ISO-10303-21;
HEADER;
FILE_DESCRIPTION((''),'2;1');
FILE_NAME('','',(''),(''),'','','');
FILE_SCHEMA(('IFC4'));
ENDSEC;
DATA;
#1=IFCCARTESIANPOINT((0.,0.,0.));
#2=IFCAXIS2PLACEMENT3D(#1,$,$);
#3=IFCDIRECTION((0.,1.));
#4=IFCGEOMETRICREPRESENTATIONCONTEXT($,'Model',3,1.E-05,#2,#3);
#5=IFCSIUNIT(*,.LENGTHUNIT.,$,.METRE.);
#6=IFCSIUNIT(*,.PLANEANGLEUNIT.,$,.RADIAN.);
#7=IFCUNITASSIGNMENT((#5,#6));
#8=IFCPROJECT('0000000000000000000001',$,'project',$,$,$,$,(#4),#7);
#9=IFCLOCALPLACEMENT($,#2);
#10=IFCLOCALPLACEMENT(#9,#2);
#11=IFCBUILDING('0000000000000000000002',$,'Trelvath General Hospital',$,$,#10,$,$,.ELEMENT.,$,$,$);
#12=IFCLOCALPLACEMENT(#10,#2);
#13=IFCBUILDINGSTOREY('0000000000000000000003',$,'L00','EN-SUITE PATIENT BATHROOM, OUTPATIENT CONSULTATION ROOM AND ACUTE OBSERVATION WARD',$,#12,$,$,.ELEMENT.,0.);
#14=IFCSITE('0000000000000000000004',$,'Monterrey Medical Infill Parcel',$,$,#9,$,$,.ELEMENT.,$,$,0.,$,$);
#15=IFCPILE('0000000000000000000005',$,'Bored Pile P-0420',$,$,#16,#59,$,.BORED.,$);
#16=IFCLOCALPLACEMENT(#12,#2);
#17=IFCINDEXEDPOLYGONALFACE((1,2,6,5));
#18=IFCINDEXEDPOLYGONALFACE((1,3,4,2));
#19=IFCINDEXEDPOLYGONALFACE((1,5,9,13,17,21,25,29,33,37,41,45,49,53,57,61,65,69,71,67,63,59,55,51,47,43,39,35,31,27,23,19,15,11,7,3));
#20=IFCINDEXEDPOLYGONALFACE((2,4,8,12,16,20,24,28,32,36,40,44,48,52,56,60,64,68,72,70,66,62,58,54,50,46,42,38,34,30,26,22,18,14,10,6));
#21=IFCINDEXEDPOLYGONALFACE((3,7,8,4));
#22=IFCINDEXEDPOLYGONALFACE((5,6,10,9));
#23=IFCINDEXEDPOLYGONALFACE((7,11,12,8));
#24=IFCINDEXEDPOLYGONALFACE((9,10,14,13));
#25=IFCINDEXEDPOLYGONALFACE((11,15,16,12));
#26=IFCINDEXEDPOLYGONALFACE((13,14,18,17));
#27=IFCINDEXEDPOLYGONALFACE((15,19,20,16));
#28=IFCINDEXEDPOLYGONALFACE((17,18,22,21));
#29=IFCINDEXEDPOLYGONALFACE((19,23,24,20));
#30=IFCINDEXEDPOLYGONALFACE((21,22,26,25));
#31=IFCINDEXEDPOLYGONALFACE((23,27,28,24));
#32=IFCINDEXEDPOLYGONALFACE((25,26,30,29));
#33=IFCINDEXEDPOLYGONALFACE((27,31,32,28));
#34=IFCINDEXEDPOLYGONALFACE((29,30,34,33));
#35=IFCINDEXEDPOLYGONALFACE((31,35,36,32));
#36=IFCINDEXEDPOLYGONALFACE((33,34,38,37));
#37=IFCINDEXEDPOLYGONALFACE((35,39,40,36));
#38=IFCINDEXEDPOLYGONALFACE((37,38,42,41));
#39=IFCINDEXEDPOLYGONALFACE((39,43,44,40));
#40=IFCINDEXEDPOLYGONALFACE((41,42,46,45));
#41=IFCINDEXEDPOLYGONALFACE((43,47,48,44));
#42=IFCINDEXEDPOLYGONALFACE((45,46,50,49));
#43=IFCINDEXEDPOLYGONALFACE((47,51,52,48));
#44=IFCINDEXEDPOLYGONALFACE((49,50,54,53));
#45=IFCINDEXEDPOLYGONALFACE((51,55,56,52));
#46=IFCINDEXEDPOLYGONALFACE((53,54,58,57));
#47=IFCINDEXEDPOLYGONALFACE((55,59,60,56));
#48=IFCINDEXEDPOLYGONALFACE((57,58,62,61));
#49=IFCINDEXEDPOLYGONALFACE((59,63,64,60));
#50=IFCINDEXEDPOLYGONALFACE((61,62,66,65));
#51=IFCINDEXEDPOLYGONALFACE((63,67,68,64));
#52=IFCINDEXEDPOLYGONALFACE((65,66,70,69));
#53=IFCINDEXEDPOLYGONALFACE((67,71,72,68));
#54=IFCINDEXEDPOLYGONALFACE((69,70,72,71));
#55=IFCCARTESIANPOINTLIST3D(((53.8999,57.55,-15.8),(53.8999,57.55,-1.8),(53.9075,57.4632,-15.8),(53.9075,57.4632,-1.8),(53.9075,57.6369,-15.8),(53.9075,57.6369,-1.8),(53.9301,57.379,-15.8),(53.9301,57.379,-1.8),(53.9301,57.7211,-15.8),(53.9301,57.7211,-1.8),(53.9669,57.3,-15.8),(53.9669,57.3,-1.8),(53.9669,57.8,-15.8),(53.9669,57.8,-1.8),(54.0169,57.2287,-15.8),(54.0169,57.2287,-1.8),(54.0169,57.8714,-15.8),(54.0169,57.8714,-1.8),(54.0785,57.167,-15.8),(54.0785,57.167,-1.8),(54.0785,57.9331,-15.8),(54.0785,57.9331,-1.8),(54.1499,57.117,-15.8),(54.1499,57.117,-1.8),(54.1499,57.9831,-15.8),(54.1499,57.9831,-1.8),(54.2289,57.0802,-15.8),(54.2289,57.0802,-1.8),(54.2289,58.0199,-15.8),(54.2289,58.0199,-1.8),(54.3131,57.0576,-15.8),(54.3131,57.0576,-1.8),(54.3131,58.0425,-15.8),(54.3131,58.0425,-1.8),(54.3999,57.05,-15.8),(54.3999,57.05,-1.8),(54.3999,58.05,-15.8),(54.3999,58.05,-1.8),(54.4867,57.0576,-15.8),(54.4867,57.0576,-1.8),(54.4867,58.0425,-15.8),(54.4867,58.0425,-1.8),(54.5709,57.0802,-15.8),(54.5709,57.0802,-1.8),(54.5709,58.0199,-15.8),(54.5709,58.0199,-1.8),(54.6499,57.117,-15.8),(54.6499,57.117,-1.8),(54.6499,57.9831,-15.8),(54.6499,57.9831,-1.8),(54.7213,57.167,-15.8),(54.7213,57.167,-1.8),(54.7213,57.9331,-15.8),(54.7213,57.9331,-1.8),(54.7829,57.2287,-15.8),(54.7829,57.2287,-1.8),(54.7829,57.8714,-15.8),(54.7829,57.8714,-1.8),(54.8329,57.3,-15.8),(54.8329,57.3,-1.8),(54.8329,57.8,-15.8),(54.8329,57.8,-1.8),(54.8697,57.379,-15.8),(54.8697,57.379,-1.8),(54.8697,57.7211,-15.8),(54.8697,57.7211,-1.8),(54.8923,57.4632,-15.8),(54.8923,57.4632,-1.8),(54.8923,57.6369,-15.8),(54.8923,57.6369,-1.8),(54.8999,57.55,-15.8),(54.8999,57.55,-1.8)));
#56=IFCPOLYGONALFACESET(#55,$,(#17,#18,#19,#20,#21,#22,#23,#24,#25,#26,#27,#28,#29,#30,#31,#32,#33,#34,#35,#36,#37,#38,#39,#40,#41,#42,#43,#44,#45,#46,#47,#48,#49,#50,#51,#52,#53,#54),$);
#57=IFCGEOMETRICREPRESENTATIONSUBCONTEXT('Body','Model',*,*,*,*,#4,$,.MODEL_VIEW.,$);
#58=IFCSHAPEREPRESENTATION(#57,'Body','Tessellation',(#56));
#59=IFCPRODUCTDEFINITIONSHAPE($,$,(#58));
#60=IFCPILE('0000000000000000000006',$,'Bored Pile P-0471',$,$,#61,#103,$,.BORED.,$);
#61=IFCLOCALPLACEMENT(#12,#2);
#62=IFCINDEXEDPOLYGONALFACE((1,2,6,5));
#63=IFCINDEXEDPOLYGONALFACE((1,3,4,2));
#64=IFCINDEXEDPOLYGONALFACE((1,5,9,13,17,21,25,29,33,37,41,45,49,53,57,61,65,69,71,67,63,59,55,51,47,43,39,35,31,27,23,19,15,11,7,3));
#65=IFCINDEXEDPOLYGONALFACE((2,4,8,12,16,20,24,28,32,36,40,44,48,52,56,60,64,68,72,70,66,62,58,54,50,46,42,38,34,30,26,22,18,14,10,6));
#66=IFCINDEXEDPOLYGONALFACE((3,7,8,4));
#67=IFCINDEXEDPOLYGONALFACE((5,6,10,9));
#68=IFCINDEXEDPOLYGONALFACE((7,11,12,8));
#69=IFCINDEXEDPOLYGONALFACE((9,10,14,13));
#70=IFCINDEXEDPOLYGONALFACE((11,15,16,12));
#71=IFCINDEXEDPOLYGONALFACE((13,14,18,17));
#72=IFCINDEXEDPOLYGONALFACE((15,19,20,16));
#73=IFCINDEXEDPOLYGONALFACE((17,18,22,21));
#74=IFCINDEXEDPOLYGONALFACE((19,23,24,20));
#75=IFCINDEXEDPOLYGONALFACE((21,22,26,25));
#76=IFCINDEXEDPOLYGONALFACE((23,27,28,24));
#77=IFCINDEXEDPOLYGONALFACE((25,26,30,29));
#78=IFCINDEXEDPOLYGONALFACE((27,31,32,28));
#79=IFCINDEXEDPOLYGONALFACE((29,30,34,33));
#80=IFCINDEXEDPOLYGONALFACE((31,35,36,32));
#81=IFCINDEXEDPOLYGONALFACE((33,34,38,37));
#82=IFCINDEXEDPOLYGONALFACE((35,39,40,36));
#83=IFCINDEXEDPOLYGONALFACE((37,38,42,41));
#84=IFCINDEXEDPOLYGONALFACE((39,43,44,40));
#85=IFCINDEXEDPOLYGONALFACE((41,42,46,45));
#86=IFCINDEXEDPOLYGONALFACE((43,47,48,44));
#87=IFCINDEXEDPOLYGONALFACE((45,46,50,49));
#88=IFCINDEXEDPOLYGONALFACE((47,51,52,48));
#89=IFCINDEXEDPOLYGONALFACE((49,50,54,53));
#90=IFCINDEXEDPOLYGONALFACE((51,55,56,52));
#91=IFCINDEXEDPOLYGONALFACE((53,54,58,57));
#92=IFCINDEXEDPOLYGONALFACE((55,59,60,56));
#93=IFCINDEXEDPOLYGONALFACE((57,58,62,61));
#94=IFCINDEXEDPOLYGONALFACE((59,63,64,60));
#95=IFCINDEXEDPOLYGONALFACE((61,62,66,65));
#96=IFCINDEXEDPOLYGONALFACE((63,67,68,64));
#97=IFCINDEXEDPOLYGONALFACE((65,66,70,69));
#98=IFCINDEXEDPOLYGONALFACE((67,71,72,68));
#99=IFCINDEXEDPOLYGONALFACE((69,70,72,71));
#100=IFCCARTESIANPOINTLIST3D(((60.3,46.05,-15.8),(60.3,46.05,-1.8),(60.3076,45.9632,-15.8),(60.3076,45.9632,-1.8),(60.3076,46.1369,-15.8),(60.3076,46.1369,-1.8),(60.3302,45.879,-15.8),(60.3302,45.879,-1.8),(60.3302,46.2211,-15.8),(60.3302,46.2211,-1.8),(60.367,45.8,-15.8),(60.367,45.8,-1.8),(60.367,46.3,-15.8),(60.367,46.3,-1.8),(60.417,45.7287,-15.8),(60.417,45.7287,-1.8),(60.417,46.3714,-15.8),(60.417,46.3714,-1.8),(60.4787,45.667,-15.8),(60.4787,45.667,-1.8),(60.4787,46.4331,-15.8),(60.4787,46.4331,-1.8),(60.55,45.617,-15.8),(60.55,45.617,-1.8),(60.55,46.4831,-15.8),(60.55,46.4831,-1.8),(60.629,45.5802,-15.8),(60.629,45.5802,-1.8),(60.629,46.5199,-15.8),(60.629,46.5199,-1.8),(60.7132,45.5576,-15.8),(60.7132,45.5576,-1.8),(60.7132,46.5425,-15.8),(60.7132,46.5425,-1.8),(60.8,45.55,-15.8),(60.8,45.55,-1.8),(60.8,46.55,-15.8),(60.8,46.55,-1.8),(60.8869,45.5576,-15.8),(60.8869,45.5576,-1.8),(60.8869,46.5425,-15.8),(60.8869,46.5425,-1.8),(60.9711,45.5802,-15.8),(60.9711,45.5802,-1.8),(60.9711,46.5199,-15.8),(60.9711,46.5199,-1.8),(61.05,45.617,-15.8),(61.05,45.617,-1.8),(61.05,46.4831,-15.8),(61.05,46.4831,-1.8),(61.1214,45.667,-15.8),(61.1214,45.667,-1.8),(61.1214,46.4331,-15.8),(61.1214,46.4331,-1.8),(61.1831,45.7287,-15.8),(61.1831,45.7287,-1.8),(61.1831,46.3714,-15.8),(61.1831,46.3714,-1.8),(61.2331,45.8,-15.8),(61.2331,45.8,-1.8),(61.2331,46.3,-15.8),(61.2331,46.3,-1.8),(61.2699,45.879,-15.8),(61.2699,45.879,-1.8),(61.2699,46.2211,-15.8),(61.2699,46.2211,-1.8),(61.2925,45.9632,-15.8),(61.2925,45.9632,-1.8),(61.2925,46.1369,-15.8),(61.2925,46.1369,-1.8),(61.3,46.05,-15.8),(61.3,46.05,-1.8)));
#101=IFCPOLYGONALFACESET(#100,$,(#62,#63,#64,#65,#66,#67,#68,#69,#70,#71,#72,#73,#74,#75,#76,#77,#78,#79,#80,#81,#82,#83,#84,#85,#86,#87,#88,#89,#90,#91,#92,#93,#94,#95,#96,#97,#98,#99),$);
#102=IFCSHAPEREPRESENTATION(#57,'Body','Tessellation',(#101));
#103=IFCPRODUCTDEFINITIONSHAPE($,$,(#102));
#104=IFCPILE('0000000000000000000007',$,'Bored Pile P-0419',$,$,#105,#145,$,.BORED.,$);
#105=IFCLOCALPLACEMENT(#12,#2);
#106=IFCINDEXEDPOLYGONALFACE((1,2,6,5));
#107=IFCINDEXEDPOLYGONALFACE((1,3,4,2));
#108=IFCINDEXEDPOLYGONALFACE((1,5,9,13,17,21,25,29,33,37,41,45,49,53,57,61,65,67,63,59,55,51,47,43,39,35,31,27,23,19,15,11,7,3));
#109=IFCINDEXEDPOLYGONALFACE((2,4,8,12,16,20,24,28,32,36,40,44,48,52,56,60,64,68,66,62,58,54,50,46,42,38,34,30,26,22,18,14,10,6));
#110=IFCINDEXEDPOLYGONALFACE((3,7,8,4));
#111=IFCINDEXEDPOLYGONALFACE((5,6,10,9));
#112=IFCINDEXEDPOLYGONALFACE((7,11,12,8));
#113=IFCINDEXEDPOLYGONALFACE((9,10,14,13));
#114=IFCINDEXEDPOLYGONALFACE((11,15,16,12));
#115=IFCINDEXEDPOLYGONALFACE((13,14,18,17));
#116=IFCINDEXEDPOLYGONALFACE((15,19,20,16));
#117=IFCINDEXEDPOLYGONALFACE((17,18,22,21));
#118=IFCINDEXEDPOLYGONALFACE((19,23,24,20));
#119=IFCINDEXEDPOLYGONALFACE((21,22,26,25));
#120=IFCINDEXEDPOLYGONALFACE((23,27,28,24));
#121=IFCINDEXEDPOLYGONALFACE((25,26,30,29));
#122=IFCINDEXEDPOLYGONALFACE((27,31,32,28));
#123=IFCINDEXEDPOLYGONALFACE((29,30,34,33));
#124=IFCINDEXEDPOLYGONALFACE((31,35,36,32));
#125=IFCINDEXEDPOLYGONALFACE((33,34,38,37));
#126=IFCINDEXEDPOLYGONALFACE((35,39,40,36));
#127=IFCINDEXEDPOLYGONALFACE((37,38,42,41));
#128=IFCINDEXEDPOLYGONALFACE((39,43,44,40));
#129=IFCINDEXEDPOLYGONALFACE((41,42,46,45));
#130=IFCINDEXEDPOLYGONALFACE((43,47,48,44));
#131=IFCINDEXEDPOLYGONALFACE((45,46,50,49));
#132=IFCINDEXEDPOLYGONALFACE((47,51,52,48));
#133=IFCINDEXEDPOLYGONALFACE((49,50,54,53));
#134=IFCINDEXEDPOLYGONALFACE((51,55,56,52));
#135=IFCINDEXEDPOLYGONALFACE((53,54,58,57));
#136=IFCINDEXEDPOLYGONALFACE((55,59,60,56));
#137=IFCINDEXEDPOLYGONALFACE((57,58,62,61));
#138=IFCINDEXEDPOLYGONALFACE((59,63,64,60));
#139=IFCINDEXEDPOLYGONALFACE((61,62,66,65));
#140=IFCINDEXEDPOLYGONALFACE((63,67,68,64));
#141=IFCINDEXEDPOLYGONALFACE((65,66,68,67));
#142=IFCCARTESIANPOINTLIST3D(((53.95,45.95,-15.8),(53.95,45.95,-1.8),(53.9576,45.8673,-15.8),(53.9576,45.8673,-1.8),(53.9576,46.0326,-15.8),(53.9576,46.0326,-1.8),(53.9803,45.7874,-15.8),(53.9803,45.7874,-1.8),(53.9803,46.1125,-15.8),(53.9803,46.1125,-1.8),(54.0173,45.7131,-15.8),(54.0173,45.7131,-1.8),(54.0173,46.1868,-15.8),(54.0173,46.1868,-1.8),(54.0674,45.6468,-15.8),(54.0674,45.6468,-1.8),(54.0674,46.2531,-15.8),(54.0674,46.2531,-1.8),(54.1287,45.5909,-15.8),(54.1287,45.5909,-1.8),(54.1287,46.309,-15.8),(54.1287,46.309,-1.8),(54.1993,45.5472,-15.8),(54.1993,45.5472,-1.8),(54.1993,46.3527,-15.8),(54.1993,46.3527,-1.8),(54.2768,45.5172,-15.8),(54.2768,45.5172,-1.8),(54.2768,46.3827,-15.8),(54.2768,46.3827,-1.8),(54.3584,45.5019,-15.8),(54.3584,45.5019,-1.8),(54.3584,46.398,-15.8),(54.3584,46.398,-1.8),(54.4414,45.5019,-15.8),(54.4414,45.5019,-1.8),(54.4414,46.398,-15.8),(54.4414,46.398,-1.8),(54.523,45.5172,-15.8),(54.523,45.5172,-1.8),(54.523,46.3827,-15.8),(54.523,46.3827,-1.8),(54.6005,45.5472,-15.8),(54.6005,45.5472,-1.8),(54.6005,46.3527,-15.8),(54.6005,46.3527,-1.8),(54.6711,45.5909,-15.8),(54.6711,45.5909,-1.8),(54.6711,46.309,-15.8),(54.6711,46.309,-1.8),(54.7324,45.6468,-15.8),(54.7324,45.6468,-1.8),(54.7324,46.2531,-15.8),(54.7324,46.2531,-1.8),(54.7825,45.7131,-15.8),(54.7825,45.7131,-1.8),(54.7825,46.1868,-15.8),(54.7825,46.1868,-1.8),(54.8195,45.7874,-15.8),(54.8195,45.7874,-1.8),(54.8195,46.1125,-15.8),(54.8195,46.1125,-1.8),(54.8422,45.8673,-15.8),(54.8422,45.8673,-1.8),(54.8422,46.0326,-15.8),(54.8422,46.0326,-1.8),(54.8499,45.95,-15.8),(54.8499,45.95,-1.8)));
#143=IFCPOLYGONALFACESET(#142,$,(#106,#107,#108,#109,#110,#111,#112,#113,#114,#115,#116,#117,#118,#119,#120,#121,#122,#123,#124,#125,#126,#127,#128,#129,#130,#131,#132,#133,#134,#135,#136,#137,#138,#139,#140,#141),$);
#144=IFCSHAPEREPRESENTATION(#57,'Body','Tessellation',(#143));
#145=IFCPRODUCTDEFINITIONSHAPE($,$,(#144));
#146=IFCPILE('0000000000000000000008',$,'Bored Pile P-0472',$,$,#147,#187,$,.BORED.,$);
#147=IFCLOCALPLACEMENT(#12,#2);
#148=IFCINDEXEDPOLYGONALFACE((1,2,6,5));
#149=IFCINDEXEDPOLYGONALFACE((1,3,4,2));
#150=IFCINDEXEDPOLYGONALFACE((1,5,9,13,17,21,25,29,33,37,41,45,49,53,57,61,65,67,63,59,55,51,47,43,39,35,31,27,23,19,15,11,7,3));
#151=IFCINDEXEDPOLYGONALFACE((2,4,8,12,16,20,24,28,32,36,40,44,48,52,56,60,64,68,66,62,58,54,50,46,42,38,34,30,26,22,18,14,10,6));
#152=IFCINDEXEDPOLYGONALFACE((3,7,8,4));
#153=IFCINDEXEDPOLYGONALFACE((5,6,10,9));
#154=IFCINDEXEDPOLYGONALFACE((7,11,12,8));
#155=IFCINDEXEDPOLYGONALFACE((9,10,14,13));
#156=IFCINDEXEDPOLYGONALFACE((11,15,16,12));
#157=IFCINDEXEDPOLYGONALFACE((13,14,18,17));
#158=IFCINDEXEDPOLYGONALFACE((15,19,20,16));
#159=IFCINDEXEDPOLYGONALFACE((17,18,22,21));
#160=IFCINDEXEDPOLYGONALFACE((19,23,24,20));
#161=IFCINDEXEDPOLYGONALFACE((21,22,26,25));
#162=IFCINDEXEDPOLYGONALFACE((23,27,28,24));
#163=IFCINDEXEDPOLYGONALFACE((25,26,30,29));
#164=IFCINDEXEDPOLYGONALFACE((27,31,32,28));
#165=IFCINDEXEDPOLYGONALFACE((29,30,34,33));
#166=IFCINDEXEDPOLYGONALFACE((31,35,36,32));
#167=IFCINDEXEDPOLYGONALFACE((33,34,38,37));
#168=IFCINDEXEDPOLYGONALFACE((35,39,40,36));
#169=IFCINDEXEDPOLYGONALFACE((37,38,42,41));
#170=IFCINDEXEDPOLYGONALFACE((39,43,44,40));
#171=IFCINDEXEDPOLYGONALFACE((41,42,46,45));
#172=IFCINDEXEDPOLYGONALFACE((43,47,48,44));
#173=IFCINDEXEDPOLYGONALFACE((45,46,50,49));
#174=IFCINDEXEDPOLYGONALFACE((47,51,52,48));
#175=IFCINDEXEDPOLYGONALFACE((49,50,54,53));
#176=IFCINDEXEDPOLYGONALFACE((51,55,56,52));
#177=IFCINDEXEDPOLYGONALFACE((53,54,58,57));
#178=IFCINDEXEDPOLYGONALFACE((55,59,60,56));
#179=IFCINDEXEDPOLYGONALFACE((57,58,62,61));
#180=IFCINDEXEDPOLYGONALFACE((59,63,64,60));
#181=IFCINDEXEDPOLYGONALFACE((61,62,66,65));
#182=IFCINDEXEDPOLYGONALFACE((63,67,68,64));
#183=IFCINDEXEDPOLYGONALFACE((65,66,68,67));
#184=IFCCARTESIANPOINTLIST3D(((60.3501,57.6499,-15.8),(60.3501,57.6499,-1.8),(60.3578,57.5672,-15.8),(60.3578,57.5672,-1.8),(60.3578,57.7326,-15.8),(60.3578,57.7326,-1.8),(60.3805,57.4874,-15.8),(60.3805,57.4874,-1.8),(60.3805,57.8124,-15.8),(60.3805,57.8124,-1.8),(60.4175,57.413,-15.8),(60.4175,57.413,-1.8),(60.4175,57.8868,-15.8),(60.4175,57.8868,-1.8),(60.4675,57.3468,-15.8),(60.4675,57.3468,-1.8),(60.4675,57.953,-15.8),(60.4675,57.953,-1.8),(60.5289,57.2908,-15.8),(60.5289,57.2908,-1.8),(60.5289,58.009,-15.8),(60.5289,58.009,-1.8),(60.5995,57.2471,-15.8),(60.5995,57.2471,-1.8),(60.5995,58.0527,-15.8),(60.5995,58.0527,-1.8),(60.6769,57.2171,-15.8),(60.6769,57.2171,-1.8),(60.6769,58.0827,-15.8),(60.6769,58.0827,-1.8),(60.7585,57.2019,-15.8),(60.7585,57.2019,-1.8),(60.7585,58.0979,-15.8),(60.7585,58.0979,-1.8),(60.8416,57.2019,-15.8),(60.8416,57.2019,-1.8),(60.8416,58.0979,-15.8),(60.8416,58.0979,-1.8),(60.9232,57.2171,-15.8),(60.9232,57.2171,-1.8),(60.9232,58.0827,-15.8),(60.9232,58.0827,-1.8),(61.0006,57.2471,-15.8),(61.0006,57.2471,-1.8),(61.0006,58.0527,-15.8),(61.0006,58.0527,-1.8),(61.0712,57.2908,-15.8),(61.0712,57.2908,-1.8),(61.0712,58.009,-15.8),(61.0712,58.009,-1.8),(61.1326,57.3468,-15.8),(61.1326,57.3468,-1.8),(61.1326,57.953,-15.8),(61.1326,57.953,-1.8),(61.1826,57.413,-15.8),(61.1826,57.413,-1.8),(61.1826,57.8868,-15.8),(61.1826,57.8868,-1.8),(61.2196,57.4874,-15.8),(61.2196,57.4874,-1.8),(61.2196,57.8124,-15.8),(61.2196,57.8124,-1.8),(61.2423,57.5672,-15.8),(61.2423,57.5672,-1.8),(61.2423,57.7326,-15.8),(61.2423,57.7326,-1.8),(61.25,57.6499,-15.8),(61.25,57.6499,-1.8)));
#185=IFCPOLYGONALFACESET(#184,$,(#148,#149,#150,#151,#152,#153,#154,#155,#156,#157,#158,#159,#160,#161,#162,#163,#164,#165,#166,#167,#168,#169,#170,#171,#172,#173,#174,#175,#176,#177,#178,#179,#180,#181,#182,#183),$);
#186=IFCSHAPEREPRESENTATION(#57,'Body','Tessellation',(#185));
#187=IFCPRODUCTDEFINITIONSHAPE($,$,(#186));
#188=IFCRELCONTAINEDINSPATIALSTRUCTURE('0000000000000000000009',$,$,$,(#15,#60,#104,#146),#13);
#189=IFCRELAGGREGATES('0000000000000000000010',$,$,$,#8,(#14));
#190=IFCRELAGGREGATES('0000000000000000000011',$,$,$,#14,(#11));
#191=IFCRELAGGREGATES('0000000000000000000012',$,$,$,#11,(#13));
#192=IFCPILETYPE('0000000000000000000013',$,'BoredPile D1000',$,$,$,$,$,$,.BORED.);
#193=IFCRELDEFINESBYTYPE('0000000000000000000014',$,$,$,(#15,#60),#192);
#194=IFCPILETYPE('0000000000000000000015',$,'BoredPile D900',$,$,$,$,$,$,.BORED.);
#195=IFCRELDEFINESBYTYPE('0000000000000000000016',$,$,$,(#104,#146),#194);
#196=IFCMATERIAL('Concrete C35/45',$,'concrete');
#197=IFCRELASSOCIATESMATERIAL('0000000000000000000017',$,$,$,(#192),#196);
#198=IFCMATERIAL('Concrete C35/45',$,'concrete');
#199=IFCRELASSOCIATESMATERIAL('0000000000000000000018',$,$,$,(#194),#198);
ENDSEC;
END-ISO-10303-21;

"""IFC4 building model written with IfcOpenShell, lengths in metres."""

from ifc_helpers import new_model, si_unit, direction, frame, origin, origin_2d, place, context, subcontext, project, spatial, circle, extrude, material, material_profile, profile_set, type_object, element, save


model = new_model("IFC4")

# Units and contexts
model_context = context("Model", 3, precision=1e-05, world=origin(), true_north=direction((0.0, 1.0)))
body_context = subcontext(model_context, "Body", "Model", "MODEL_VIEW")
ifc_project = project(units=[si_unit("LENGTHUNIT", "METRE"), si_unit("PLANEANGLEUNIT", "RADIAN")], contexts=[model_context])

# Site, building, storey
site_placement = place(None, origin())
site = spatial("IfcSite", under=ifc_project, at=site_placement, Name="Monterrey Medical Infill Parcel", CompositionType="ELEMENT", RefElevation=0.0)
building_placement = place(site_placement, origin())
building = spatial("IfcBuilding", under=site, at=building_placement, Name="Trelvath General Hospital", CompositionType="ELEMENT")
storey_placement = place(building_placement, origin())
storey = spatial("IfcBuildingStorey", under=building, at=storey_placement, Name="L00", Description="EN-SUITE PATIENT BATHROOM, OUTPATIENT CONSULTATION ROOM AND ACUTE OBSERVATION WARD", CompositionType="ELEMENT", Elevation=0.0)

# Piles
ifc_material_1 = material(Name="Concrete C35/45", Category="concrete")
ifc_material_profile_1 = material_profile(ifc_material_1, circle(Radius=0.5, at=origin_2d()), Name="PILE1000")
ifc_profile_set_1 = profile_set([ifc_material_profile_1], Name="Concrete C35/45")
pile_type_1 = type_object("IfcPileType", Name="BoredPile D1000", PredefinedType="BORED", material=ifc_profile_set_1)
for number, where, z_axis, x_axis, name in (
    (1, (54.3999, 57.55, -1.8), (0.0, 0.0, -1.0), (1.0, 0.0, 0.0), "Bored Pile P-0420"),
    (2, (60.8, 46.05, -1.8), (0.0, 0.0, -1.0), (1.0, 0.0, 0.0), "Bored Pile P-0471"),
):
    element("IfcPile", number, at=place(storey_placement, frame(where, z_axis=z_axis, x_axis=x_axis)), inside=storey, type_object=pile_type_1, Name=name, PredefinedType="BORED", context=body_context, shape_type="SweptSolid", body=[
        extrude(circle(Radius=0.5, at=origin_2d()), origin(), (0.0, 0.0, 1.0), 14.0),
    ])
ifc_material_2 = material(Name="Concrete C35/45", Category="concrete")
ifc_material_profile_2 = material_profile(ifc_material_2, circle(Radius=0.45, at=origin_2d()), Name="PILE900")
ifc_profile_set_2 = profile_set([ifc_material_profile_2], Name="Concrete C35/45")
pile_type_2 = type_object("IfcPileType", Name="BoredPile D900", PredefinedType="BORED", material=ifc_profile_set_2)
for number, where, z_axis, x_axis, name in (
    (3, (54.3999, 45.95, -1.8), (0.0, 0.0, -1.0), (1.0, 0.0, 0.0), "Bored Pile P-0419"),
    (4, (60.8, 57.6499, -1.8), (0.0, 0.0, -1.0), (1.0, 0.0, 0.0), "Bored Pile P-0472"),
):
    element("IfcPile", number, at=place(storey_placement, frame(where, z_axis=z_axis, x_axis=x_axis)), inside=storey, type_object=pile_type_2, Name=name, PredefinedType="BORED", context=body_context, shape_type="SweptSolid", body=[
        extrude(circle(Radius=0.45, at=origin_2d()), origin(), (0.0, 0.0, 1.0), 14.0),
    ])

save(model, "model.ifc")
